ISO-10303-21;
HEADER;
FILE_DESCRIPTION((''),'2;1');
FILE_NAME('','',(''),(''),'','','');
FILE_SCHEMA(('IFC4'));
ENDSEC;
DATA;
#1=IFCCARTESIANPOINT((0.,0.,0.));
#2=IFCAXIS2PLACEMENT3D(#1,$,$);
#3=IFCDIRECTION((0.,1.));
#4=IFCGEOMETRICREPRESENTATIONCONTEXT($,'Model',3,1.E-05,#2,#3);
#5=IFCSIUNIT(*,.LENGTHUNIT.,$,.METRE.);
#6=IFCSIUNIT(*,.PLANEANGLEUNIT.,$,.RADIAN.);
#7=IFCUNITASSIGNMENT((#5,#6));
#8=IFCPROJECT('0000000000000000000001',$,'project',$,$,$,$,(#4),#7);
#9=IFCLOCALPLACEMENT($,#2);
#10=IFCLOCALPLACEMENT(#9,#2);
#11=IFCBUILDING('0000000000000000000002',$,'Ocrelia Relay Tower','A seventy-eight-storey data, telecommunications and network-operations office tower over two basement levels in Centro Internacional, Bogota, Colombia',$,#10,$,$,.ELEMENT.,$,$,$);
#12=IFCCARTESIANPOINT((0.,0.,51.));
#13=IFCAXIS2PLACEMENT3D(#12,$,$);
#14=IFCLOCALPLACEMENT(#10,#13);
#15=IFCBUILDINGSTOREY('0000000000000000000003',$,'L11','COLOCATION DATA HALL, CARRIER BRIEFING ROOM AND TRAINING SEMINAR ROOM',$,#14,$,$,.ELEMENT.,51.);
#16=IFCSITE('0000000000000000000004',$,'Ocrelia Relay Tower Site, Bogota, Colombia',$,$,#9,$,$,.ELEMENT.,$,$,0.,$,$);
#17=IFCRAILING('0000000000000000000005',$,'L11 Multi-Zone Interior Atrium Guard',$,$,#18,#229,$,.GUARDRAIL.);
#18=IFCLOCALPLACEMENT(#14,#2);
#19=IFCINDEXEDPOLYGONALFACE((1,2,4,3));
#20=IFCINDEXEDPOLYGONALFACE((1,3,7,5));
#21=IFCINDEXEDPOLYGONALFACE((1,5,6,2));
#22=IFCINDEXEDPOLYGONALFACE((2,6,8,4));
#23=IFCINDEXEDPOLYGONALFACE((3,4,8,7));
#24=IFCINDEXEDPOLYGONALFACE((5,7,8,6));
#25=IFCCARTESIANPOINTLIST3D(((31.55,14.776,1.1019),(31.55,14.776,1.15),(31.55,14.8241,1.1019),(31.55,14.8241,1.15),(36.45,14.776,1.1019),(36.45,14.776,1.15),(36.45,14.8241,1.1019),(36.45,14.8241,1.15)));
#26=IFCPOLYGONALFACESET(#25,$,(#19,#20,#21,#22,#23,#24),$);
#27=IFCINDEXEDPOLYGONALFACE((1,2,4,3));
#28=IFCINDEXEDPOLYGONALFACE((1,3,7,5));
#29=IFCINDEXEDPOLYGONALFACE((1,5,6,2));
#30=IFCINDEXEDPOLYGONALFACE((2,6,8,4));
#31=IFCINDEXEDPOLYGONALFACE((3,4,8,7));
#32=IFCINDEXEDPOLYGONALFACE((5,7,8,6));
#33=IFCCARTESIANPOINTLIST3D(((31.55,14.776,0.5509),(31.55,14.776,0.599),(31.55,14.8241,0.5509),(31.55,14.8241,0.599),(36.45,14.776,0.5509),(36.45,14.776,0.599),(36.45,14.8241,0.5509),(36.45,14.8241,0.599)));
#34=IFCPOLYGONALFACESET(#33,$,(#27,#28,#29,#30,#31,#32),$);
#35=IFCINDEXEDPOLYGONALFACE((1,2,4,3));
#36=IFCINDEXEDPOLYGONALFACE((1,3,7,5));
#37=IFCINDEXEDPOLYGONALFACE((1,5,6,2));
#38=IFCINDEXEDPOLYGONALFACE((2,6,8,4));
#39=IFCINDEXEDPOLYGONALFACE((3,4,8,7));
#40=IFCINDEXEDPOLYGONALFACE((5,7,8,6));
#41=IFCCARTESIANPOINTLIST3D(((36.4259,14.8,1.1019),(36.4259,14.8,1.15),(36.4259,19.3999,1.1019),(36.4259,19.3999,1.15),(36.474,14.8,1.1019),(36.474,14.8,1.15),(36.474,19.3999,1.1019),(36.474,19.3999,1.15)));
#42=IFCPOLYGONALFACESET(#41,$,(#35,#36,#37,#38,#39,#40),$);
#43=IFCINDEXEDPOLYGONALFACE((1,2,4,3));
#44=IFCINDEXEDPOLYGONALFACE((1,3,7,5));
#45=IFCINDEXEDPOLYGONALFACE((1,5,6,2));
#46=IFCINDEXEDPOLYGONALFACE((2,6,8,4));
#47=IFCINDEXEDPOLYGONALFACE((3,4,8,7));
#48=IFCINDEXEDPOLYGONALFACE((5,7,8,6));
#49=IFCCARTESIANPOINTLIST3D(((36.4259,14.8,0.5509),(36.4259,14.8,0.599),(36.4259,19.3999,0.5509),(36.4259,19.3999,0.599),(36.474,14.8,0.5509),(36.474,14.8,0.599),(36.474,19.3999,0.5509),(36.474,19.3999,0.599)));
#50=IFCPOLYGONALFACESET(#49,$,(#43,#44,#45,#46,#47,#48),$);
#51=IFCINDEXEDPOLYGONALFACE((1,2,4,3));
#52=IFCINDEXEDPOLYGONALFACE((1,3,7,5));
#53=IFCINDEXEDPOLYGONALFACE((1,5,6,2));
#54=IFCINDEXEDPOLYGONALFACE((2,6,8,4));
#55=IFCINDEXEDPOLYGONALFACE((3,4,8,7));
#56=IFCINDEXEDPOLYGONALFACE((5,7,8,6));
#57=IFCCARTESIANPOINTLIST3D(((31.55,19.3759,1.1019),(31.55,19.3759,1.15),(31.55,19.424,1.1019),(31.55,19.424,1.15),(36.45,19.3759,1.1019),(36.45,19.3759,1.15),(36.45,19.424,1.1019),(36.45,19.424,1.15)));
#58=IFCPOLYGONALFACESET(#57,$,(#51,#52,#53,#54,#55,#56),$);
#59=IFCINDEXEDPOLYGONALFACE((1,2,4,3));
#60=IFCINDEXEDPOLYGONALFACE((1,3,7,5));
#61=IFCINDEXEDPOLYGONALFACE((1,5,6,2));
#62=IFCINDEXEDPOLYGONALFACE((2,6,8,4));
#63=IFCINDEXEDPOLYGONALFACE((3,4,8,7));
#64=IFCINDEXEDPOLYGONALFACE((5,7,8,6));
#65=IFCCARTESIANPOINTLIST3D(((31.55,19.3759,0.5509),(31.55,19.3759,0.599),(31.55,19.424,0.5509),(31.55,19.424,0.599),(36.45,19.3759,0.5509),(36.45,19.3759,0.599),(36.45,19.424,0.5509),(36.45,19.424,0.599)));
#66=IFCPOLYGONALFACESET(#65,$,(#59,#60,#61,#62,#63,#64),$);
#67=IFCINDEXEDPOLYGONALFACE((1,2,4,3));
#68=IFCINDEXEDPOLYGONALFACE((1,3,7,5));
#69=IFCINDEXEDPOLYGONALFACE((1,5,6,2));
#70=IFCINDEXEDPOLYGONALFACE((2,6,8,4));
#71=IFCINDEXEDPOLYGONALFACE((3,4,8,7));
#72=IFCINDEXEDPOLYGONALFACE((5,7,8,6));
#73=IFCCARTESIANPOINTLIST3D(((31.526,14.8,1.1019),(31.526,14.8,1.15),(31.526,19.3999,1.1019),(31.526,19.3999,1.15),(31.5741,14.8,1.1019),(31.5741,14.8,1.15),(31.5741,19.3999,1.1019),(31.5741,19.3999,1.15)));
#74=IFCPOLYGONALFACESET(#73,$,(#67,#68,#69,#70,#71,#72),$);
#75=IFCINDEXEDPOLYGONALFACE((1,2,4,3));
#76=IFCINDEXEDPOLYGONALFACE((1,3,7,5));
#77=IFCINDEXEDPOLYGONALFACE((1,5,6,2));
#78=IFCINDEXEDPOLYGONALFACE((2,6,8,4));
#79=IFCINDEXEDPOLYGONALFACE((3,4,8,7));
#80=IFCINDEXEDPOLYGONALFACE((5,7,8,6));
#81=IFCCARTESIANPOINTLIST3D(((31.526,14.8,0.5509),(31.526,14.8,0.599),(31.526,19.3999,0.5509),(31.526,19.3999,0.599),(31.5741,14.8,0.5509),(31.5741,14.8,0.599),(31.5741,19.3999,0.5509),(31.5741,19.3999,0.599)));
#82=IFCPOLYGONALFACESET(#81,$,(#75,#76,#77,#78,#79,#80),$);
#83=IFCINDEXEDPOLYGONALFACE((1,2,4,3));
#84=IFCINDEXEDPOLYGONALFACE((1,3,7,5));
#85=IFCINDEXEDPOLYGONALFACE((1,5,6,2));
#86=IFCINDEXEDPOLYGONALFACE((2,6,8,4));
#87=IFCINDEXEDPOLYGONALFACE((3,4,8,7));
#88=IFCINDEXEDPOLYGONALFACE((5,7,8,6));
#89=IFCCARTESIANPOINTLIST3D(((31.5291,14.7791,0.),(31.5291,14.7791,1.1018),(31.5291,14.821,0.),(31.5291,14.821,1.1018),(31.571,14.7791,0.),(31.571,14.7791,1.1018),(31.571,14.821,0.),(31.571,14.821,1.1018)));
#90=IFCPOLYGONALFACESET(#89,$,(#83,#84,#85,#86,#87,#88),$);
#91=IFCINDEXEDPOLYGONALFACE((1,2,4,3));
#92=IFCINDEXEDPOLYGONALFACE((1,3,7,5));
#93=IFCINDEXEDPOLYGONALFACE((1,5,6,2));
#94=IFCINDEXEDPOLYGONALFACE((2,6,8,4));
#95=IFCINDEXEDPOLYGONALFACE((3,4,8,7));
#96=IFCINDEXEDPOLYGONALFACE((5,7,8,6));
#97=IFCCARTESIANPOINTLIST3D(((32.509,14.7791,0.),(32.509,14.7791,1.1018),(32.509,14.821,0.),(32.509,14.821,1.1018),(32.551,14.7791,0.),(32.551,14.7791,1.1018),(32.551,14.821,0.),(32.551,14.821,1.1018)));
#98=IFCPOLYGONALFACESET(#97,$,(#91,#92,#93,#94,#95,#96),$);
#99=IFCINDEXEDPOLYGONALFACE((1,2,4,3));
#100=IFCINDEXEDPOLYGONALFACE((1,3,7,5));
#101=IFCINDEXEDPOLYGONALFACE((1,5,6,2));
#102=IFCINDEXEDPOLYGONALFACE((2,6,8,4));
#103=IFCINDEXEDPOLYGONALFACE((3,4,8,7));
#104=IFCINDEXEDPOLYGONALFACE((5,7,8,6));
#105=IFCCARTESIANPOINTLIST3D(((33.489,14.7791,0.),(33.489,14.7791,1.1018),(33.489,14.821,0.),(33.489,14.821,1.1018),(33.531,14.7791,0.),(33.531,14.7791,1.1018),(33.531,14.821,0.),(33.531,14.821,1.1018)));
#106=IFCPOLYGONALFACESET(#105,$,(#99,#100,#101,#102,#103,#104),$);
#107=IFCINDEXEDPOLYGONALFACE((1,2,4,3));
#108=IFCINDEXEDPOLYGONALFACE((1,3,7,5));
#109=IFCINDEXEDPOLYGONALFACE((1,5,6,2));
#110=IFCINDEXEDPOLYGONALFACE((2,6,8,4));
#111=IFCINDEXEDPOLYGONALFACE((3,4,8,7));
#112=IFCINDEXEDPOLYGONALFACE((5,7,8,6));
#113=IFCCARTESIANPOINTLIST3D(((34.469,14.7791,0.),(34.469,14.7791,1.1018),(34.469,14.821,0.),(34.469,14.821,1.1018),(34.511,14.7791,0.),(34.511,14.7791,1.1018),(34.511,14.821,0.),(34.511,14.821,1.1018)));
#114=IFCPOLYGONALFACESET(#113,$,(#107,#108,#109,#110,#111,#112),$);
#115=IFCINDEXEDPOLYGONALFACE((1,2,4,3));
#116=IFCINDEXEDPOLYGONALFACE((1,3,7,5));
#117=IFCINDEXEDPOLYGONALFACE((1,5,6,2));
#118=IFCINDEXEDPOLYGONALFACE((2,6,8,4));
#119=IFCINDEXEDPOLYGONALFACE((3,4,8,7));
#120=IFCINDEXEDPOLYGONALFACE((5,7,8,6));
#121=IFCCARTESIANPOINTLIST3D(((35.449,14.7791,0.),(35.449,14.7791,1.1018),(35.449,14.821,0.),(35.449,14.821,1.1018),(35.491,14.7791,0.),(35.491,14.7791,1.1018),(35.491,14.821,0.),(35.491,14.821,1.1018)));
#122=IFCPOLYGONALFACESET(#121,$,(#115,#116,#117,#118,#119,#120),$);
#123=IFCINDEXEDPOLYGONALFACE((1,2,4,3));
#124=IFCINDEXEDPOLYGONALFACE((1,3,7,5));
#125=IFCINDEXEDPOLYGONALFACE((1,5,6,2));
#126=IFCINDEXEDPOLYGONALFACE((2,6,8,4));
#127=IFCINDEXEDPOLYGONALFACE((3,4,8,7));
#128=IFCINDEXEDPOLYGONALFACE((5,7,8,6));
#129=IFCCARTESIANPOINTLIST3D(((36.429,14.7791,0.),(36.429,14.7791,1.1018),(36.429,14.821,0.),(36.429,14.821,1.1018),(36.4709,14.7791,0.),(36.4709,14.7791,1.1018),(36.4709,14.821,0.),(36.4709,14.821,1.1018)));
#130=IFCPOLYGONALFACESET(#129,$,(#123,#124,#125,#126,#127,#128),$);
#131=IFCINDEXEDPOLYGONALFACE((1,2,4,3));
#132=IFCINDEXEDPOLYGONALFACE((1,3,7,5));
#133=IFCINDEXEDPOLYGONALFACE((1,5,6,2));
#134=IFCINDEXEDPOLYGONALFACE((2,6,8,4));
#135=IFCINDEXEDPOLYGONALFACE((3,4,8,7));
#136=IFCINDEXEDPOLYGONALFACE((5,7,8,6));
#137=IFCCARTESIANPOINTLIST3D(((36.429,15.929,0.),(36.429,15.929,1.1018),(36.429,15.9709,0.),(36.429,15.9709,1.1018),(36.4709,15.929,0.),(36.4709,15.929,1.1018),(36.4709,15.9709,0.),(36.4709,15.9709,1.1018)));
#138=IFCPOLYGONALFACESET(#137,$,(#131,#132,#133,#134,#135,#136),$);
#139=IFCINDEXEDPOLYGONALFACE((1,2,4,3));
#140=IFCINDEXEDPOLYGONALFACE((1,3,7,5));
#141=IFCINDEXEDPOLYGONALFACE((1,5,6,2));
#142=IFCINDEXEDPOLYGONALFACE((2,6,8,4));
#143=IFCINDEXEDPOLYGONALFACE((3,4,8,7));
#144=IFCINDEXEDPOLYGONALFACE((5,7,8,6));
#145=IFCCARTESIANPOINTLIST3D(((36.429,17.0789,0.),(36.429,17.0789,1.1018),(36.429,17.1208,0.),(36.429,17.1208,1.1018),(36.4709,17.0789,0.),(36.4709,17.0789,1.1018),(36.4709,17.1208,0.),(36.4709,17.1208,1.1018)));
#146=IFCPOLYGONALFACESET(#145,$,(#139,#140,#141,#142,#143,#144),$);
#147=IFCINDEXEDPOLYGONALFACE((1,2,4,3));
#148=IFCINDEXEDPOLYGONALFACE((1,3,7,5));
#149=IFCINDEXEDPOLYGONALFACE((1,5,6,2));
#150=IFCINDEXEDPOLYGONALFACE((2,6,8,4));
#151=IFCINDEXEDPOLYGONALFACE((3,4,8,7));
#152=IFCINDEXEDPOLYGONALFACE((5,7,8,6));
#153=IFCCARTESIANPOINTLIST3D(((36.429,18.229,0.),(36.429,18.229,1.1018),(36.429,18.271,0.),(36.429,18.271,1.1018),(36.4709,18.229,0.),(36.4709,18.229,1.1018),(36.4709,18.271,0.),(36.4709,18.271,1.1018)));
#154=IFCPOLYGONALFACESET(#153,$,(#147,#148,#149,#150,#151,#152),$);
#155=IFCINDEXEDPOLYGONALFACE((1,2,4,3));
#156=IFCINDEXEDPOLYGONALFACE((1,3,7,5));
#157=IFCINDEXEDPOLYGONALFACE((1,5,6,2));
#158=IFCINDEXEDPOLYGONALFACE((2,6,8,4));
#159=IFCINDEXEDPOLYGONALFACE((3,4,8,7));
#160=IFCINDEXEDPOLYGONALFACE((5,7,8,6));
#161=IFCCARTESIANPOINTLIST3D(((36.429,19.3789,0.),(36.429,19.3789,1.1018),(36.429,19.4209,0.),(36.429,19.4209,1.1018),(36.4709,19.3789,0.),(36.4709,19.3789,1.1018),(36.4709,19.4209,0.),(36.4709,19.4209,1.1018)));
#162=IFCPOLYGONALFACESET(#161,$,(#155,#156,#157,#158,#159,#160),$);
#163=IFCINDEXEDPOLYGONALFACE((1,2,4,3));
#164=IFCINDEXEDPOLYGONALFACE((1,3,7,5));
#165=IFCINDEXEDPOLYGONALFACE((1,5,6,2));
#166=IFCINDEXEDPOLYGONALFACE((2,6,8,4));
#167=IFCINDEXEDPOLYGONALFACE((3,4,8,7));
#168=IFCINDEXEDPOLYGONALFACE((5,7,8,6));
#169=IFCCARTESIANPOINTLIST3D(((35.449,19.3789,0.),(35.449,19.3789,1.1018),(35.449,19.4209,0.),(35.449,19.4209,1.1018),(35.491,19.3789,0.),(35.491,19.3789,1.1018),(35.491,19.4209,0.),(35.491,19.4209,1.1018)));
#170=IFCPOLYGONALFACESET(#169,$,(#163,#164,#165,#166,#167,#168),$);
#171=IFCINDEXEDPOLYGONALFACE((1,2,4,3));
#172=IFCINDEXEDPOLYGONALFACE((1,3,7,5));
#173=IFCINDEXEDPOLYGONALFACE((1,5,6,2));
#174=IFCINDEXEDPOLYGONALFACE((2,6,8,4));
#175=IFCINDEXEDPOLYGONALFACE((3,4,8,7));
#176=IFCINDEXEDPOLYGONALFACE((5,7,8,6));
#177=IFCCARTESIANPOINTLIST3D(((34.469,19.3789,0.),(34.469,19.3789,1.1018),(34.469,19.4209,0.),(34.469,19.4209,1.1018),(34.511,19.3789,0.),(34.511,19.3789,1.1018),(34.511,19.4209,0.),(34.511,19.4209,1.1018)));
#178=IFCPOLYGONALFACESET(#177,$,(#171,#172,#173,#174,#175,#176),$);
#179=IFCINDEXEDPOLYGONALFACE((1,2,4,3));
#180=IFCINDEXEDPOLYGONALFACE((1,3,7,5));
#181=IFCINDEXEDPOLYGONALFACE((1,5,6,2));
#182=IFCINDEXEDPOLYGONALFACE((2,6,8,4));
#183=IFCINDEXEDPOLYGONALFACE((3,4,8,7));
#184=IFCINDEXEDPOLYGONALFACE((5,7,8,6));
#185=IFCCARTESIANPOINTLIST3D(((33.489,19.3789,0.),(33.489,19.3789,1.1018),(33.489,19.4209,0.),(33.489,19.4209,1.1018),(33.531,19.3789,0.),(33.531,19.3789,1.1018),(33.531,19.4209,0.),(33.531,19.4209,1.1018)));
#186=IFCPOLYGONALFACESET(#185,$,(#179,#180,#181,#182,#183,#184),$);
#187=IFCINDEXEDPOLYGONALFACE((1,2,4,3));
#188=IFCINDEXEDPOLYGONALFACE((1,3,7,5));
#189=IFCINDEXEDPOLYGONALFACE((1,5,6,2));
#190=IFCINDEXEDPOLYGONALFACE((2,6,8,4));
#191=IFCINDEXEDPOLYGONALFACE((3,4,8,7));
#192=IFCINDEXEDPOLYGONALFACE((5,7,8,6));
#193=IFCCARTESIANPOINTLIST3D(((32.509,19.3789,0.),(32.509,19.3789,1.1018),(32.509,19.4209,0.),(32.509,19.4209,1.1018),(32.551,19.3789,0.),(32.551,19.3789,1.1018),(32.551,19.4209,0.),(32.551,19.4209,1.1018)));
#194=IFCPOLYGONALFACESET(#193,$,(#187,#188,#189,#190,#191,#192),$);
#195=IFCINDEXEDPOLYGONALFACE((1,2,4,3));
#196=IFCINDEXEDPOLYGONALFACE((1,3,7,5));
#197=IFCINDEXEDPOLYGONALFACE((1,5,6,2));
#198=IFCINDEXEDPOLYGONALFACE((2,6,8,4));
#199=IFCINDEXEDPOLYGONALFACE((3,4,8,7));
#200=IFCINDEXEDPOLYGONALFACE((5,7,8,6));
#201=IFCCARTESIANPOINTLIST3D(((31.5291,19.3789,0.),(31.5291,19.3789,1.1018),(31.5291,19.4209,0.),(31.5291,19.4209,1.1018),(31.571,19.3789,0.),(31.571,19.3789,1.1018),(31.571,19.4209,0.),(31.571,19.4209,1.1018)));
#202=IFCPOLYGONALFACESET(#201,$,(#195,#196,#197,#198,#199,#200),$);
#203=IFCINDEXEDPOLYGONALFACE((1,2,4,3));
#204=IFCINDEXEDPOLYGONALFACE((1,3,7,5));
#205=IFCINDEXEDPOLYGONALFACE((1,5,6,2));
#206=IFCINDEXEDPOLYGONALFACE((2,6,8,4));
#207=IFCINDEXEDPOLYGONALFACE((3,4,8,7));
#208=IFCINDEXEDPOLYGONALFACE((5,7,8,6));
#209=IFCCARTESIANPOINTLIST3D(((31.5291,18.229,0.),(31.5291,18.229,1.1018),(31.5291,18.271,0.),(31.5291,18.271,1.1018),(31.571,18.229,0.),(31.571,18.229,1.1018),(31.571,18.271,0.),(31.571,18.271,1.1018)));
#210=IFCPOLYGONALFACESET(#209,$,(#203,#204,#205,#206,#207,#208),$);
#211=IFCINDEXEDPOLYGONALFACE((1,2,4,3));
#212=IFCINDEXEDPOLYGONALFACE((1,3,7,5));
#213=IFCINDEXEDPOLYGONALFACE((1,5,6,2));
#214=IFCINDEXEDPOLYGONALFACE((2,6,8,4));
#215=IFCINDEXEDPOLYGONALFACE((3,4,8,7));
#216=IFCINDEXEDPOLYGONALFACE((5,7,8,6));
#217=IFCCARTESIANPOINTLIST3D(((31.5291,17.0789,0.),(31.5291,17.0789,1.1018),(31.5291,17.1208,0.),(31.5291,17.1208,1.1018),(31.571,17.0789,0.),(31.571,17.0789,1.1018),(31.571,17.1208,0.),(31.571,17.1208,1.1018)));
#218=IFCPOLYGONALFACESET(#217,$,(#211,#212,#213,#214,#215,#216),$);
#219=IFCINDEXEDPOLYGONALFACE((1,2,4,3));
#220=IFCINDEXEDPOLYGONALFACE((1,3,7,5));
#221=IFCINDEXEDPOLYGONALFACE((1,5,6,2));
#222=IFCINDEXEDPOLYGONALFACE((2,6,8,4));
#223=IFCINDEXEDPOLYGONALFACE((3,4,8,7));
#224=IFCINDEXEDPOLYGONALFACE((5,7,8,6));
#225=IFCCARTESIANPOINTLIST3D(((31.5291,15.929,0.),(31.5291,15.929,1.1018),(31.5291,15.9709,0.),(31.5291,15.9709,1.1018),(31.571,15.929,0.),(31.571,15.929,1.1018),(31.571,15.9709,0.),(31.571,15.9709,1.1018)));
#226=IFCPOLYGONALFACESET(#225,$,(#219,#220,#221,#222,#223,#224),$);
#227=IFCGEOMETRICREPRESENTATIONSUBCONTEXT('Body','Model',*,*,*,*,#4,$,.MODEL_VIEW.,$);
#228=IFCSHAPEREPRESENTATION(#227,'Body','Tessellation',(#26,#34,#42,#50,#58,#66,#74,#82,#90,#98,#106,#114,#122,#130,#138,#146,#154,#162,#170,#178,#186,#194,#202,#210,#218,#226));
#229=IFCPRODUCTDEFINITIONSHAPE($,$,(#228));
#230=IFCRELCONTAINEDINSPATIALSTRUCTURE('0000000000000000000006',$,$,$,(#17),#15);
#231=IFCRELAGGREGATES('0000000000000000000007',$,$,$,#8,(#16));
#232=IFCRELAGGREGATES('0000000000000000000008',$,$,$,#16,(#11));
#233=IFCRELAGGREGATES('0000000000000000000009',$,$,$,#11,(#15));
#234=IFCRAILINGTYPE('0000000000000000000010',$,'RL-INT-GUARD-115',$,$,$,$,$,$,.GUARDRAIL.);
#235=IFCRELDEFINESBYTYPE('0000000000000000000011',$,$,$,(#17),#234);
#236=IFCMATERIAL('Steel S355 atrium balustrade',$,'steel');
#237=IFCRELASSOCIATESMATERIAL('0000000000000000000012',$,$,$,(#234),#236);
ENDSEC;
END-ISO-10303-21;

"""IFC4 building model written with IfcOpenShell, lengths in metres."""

from ifc_helpers import new_model, si_unit, direction, frame, origin, origin_2d, place, context, subcontext, project, spatial, rectangle, extrude, material, type_object, element, save


model = new_model("IFC4")

# Units and contexts
model_context = context("Model", 3, precision=1e-05, world=origin(), true_north=direction((0.0, 1.0)))
body_context = subcontext(model_context, "Body", "Model", "MODEL_VIEW")
ifc_project = project(units=[si_unit("LENGTHUNIT", "METRE"), si_unit("PLANEANGLEUNIT", "RADIAN")], contexts=[model_context])

# Site, building, storey
site_placement = place(None, origin())
site = spatial("IfcSite", under=ifc_project, at=site_placement, Name="Ocrelia Relay Tower Site, Bogota, Colombia", CompositionType="ELEMENT", RefElevation=0.0)
building_placement = place(site_placement, origin())
building = spatial("IfcBuilding", under=site, at=building_placement, Name="Ocrelia Relay Tower", Description="A seventy-eight-storey data, telecommunications and network-operations office tower over two basement levels in Centro Internacional, Bogota, Colombia", CompositionType="ELEMENT")
storey_placement = place(building_placement, frame((0.0, 0.0, 51.0)))
storey = spatial("IfcBuildingStorey", under=building, at=storey_placement, Name="L11", Description="COLOCATION DATA HALL, CARRIER BRIEFING ROOM AND TRAINING SEMINAR ROOM", CompositionType="ELEMENT", Elevation=51.0)

# Railing
ifc_material_1 = material(Name="Steel S355 atrium balustrade", Category="steel")
railing_type_1 = type_object("IfcRailingType", Name="RL-INT-GUARD-115", PredefinedType="GUARDRAIL", material=ifc_material_1)
railing_1_placement = place(storey_placement, frame((31.55, 14.8, 0.0)))
element("IfcRailing", 1, at=railing_1_placement, inside=storey, type_object=railing_type_1, Name="L11 Multi-Zone Interior Atrium Guard", PredefinedType="GUARDRAIL", context=body_context, shape_type="SweptSolid", body=[
    extrude(rectangle(XDim=0.0481, YDim=0.0481, at=origin_2d()), frame((0.0, 0.0, 1.126), z_axis=(1.0, 0.0, 0.0), x_axis=(0.0, 1.0, 0.0)), (0.0, 0.0, 1.0), 4.8999),
    extrude(rectangle(XDim=0.0481, YDim=0.0481, at=origin_2d()), frame((0.0, 0.0, 0.575), z_axis=(1.0, 0.0, 0.0), x_axis=(0.0, 1.0, 0.0)), (0.0, 0.0, 1.0), 4.8999),
    extrude(rectangle(XDim=0.0481, YDim=0.0481, at=origin_2d()), frame((4.8999, 0.0, 1.126), z_axis=(0.0, 1.0, 0.0), x_axis=(-1.0, 0.0, 0.0)), (0.0, 0.0, 1.0), 4.5999),
    extrude(rectangle(XDim=0.0481, YDim=0.0481, at=origin_2d()), frame((4.8999, 0.0, 0.575), z_axis=(0.0, 1.0, 0.0), x_axis=(-1.0, 0.0, 0.0)), (0.0, 0.0, 1.0), 4.5999),
    extrude(rectangle(XDim=0.0481, YDim=0.0481, at=origin_2d()), frame((4.8999, 4.5999, 1.126), z_axis=(-1.0, 0.0, 0.0), x_axis=(0.0, -1.0, 0.0)), (0.0, 0.0, 1.0), 4.8999),
    extrude(rectangle(XDim=0.0481, YDim=0.0481, at=origin_2d()), frame((4.8999, 4.5999, 0.575), z_axis=(-1.0, 0.0, 0.0), x_axis=(0.0, -1.0, 0.0)), (0.0, 0.0, 1.0), 4.8999),
    extrude(rectangle(XDim=0.0481, YDim=0.0481, at=origin_2d()), frame((0.0, 4.5999, 1.126), z_axis=(0.0, -1.0, 0.0), x_axis=(1.0, 0.0, 0.0)), (0.0, 0.0, 1.0), 4.5999),
    extrude(rectangle(XDim=0.0481, YDim=0.0481, at=origin_2d()), frame((0.0, 4.5999, 0.575), z_axis=(0.0, -1.0, 0.0), x_axis=(1.0, 0.0, 0.0)), (0.0, 0.0, 1.0), 4.5999),
    extrude(rectangle(XDim=0.042, YDim=0.042, at=origin_2d()), origin(), (0.0, 0.0, 1.0), 1.1018),
    extrude(rectangle(XDim=0.042, YDim=0.042, at=origin_2d()), frame((0.98, 0.0, 0.0)), (0.0, 0.0, 1.0), 1.1018),
    extrude(rectangle(XDim=0.042, YDim=0.042, at=origin_2d()), frame((1.96, 0.0, 0.0)), (0.0, 0.0, 1.0), 1.1018),
    extrude(rectangle(XDim=0.042, YDim=0.042, at=origin_2d()), frame((2.9399, 0.0, 0.0)), (0.0, 0.0, 1.0), 1.1018),
    extrude(rectangle(XDim=0.042, YDim=0.042, at=origin_2d()), frame((3.9199, 0.0, 0.0)), (0.0, 0.0, 1.0), 1.1018),
    extrude(rectangle(XDim=0.042, YDim=0.042, at=origin_2d()), frame((4.8999, 0.0, 0.0)), (0.0, 0.0, 1.0), 1.1018),
    extrude(rectangle(XDim=0.042, YDim=0.042, at=origin_2d()), frame((4.8999, 1.1499, 0.0)), (0.0, 0.0, 1.0), 1.1018),
    extrude(rectangle(XDim=0.042, YDim=0.042, at=origin_2d()), frame((4.8999, 2.2998, 0.0)), (0.0, 0.0, 1.0), 1.1018),
    extrude(rectangle(XDim=0.042, YDim=0.042, at=origin_2d()), frame((4.8999, 3.45, 0.0)), (0.0, 0.0, 1.0), 1.1018),
    extrude(rectangle(XDim=0.042, YDim=0.042, at=origin_2d()), frame((4.8999, 4.5999, 0.0)), (0.0, 0.0, 1.0), 1.1018),
    extrude(rectangle(XDim=0.042, YDim=0.042, at=origin_2d()), frame((3.9199, 4.5999, 0.0)), (0.0, 0.0, 1.0), 1.1018),
    extrude(rectangle(XDim=0.042, YDim=0.042, at=origin_2d()), frame((2.9399, 4.5999, 0.0)), (0.0, 0.0, 1.0), 1.1018),
    extrude(rectangle(XDim=0.042, YDim=0.042, at=origin_2d()), frame((1.96, 4.5999, 0.0)), (0.0, 0.0, 1.0), 1.1018),
    extrude(rectangle(XDim=0.042, YDim=0.042, at=origin_2d()), frame((0.98, 4.5999, 0.0)), (0.0, 0.0, 1.0), 1.1018),
    extrude(rectangle(XDim=0.042, YDim=0.042, at=origin_2d()), frame((0.0, 4.5999, 0.0)), (0.0, 0.0, 1.0), 1.1018),
    extrude(rectangle(XDim=0.042, YDim=0.042, at=origin_2d()), frame((0.0, 3.45, 0.0)), (0.0, 0.0, 1.0), 1.1018),
    extrude(rectangle(XDim=0.042, YDim=0.042, at=origin_2d()), frame((0.0, 2.2998, 0.0)), (0.0, 0.0, 1.0), 1.1018),
    extrude(rectangle(XDim=0.042, YDim=0.042, at=origin_2d()), frame((0.0, 1.1499, 0.0)), (0.0, 0.0, 1.0), 1.1018),
])

save(model, "model.ifc")
